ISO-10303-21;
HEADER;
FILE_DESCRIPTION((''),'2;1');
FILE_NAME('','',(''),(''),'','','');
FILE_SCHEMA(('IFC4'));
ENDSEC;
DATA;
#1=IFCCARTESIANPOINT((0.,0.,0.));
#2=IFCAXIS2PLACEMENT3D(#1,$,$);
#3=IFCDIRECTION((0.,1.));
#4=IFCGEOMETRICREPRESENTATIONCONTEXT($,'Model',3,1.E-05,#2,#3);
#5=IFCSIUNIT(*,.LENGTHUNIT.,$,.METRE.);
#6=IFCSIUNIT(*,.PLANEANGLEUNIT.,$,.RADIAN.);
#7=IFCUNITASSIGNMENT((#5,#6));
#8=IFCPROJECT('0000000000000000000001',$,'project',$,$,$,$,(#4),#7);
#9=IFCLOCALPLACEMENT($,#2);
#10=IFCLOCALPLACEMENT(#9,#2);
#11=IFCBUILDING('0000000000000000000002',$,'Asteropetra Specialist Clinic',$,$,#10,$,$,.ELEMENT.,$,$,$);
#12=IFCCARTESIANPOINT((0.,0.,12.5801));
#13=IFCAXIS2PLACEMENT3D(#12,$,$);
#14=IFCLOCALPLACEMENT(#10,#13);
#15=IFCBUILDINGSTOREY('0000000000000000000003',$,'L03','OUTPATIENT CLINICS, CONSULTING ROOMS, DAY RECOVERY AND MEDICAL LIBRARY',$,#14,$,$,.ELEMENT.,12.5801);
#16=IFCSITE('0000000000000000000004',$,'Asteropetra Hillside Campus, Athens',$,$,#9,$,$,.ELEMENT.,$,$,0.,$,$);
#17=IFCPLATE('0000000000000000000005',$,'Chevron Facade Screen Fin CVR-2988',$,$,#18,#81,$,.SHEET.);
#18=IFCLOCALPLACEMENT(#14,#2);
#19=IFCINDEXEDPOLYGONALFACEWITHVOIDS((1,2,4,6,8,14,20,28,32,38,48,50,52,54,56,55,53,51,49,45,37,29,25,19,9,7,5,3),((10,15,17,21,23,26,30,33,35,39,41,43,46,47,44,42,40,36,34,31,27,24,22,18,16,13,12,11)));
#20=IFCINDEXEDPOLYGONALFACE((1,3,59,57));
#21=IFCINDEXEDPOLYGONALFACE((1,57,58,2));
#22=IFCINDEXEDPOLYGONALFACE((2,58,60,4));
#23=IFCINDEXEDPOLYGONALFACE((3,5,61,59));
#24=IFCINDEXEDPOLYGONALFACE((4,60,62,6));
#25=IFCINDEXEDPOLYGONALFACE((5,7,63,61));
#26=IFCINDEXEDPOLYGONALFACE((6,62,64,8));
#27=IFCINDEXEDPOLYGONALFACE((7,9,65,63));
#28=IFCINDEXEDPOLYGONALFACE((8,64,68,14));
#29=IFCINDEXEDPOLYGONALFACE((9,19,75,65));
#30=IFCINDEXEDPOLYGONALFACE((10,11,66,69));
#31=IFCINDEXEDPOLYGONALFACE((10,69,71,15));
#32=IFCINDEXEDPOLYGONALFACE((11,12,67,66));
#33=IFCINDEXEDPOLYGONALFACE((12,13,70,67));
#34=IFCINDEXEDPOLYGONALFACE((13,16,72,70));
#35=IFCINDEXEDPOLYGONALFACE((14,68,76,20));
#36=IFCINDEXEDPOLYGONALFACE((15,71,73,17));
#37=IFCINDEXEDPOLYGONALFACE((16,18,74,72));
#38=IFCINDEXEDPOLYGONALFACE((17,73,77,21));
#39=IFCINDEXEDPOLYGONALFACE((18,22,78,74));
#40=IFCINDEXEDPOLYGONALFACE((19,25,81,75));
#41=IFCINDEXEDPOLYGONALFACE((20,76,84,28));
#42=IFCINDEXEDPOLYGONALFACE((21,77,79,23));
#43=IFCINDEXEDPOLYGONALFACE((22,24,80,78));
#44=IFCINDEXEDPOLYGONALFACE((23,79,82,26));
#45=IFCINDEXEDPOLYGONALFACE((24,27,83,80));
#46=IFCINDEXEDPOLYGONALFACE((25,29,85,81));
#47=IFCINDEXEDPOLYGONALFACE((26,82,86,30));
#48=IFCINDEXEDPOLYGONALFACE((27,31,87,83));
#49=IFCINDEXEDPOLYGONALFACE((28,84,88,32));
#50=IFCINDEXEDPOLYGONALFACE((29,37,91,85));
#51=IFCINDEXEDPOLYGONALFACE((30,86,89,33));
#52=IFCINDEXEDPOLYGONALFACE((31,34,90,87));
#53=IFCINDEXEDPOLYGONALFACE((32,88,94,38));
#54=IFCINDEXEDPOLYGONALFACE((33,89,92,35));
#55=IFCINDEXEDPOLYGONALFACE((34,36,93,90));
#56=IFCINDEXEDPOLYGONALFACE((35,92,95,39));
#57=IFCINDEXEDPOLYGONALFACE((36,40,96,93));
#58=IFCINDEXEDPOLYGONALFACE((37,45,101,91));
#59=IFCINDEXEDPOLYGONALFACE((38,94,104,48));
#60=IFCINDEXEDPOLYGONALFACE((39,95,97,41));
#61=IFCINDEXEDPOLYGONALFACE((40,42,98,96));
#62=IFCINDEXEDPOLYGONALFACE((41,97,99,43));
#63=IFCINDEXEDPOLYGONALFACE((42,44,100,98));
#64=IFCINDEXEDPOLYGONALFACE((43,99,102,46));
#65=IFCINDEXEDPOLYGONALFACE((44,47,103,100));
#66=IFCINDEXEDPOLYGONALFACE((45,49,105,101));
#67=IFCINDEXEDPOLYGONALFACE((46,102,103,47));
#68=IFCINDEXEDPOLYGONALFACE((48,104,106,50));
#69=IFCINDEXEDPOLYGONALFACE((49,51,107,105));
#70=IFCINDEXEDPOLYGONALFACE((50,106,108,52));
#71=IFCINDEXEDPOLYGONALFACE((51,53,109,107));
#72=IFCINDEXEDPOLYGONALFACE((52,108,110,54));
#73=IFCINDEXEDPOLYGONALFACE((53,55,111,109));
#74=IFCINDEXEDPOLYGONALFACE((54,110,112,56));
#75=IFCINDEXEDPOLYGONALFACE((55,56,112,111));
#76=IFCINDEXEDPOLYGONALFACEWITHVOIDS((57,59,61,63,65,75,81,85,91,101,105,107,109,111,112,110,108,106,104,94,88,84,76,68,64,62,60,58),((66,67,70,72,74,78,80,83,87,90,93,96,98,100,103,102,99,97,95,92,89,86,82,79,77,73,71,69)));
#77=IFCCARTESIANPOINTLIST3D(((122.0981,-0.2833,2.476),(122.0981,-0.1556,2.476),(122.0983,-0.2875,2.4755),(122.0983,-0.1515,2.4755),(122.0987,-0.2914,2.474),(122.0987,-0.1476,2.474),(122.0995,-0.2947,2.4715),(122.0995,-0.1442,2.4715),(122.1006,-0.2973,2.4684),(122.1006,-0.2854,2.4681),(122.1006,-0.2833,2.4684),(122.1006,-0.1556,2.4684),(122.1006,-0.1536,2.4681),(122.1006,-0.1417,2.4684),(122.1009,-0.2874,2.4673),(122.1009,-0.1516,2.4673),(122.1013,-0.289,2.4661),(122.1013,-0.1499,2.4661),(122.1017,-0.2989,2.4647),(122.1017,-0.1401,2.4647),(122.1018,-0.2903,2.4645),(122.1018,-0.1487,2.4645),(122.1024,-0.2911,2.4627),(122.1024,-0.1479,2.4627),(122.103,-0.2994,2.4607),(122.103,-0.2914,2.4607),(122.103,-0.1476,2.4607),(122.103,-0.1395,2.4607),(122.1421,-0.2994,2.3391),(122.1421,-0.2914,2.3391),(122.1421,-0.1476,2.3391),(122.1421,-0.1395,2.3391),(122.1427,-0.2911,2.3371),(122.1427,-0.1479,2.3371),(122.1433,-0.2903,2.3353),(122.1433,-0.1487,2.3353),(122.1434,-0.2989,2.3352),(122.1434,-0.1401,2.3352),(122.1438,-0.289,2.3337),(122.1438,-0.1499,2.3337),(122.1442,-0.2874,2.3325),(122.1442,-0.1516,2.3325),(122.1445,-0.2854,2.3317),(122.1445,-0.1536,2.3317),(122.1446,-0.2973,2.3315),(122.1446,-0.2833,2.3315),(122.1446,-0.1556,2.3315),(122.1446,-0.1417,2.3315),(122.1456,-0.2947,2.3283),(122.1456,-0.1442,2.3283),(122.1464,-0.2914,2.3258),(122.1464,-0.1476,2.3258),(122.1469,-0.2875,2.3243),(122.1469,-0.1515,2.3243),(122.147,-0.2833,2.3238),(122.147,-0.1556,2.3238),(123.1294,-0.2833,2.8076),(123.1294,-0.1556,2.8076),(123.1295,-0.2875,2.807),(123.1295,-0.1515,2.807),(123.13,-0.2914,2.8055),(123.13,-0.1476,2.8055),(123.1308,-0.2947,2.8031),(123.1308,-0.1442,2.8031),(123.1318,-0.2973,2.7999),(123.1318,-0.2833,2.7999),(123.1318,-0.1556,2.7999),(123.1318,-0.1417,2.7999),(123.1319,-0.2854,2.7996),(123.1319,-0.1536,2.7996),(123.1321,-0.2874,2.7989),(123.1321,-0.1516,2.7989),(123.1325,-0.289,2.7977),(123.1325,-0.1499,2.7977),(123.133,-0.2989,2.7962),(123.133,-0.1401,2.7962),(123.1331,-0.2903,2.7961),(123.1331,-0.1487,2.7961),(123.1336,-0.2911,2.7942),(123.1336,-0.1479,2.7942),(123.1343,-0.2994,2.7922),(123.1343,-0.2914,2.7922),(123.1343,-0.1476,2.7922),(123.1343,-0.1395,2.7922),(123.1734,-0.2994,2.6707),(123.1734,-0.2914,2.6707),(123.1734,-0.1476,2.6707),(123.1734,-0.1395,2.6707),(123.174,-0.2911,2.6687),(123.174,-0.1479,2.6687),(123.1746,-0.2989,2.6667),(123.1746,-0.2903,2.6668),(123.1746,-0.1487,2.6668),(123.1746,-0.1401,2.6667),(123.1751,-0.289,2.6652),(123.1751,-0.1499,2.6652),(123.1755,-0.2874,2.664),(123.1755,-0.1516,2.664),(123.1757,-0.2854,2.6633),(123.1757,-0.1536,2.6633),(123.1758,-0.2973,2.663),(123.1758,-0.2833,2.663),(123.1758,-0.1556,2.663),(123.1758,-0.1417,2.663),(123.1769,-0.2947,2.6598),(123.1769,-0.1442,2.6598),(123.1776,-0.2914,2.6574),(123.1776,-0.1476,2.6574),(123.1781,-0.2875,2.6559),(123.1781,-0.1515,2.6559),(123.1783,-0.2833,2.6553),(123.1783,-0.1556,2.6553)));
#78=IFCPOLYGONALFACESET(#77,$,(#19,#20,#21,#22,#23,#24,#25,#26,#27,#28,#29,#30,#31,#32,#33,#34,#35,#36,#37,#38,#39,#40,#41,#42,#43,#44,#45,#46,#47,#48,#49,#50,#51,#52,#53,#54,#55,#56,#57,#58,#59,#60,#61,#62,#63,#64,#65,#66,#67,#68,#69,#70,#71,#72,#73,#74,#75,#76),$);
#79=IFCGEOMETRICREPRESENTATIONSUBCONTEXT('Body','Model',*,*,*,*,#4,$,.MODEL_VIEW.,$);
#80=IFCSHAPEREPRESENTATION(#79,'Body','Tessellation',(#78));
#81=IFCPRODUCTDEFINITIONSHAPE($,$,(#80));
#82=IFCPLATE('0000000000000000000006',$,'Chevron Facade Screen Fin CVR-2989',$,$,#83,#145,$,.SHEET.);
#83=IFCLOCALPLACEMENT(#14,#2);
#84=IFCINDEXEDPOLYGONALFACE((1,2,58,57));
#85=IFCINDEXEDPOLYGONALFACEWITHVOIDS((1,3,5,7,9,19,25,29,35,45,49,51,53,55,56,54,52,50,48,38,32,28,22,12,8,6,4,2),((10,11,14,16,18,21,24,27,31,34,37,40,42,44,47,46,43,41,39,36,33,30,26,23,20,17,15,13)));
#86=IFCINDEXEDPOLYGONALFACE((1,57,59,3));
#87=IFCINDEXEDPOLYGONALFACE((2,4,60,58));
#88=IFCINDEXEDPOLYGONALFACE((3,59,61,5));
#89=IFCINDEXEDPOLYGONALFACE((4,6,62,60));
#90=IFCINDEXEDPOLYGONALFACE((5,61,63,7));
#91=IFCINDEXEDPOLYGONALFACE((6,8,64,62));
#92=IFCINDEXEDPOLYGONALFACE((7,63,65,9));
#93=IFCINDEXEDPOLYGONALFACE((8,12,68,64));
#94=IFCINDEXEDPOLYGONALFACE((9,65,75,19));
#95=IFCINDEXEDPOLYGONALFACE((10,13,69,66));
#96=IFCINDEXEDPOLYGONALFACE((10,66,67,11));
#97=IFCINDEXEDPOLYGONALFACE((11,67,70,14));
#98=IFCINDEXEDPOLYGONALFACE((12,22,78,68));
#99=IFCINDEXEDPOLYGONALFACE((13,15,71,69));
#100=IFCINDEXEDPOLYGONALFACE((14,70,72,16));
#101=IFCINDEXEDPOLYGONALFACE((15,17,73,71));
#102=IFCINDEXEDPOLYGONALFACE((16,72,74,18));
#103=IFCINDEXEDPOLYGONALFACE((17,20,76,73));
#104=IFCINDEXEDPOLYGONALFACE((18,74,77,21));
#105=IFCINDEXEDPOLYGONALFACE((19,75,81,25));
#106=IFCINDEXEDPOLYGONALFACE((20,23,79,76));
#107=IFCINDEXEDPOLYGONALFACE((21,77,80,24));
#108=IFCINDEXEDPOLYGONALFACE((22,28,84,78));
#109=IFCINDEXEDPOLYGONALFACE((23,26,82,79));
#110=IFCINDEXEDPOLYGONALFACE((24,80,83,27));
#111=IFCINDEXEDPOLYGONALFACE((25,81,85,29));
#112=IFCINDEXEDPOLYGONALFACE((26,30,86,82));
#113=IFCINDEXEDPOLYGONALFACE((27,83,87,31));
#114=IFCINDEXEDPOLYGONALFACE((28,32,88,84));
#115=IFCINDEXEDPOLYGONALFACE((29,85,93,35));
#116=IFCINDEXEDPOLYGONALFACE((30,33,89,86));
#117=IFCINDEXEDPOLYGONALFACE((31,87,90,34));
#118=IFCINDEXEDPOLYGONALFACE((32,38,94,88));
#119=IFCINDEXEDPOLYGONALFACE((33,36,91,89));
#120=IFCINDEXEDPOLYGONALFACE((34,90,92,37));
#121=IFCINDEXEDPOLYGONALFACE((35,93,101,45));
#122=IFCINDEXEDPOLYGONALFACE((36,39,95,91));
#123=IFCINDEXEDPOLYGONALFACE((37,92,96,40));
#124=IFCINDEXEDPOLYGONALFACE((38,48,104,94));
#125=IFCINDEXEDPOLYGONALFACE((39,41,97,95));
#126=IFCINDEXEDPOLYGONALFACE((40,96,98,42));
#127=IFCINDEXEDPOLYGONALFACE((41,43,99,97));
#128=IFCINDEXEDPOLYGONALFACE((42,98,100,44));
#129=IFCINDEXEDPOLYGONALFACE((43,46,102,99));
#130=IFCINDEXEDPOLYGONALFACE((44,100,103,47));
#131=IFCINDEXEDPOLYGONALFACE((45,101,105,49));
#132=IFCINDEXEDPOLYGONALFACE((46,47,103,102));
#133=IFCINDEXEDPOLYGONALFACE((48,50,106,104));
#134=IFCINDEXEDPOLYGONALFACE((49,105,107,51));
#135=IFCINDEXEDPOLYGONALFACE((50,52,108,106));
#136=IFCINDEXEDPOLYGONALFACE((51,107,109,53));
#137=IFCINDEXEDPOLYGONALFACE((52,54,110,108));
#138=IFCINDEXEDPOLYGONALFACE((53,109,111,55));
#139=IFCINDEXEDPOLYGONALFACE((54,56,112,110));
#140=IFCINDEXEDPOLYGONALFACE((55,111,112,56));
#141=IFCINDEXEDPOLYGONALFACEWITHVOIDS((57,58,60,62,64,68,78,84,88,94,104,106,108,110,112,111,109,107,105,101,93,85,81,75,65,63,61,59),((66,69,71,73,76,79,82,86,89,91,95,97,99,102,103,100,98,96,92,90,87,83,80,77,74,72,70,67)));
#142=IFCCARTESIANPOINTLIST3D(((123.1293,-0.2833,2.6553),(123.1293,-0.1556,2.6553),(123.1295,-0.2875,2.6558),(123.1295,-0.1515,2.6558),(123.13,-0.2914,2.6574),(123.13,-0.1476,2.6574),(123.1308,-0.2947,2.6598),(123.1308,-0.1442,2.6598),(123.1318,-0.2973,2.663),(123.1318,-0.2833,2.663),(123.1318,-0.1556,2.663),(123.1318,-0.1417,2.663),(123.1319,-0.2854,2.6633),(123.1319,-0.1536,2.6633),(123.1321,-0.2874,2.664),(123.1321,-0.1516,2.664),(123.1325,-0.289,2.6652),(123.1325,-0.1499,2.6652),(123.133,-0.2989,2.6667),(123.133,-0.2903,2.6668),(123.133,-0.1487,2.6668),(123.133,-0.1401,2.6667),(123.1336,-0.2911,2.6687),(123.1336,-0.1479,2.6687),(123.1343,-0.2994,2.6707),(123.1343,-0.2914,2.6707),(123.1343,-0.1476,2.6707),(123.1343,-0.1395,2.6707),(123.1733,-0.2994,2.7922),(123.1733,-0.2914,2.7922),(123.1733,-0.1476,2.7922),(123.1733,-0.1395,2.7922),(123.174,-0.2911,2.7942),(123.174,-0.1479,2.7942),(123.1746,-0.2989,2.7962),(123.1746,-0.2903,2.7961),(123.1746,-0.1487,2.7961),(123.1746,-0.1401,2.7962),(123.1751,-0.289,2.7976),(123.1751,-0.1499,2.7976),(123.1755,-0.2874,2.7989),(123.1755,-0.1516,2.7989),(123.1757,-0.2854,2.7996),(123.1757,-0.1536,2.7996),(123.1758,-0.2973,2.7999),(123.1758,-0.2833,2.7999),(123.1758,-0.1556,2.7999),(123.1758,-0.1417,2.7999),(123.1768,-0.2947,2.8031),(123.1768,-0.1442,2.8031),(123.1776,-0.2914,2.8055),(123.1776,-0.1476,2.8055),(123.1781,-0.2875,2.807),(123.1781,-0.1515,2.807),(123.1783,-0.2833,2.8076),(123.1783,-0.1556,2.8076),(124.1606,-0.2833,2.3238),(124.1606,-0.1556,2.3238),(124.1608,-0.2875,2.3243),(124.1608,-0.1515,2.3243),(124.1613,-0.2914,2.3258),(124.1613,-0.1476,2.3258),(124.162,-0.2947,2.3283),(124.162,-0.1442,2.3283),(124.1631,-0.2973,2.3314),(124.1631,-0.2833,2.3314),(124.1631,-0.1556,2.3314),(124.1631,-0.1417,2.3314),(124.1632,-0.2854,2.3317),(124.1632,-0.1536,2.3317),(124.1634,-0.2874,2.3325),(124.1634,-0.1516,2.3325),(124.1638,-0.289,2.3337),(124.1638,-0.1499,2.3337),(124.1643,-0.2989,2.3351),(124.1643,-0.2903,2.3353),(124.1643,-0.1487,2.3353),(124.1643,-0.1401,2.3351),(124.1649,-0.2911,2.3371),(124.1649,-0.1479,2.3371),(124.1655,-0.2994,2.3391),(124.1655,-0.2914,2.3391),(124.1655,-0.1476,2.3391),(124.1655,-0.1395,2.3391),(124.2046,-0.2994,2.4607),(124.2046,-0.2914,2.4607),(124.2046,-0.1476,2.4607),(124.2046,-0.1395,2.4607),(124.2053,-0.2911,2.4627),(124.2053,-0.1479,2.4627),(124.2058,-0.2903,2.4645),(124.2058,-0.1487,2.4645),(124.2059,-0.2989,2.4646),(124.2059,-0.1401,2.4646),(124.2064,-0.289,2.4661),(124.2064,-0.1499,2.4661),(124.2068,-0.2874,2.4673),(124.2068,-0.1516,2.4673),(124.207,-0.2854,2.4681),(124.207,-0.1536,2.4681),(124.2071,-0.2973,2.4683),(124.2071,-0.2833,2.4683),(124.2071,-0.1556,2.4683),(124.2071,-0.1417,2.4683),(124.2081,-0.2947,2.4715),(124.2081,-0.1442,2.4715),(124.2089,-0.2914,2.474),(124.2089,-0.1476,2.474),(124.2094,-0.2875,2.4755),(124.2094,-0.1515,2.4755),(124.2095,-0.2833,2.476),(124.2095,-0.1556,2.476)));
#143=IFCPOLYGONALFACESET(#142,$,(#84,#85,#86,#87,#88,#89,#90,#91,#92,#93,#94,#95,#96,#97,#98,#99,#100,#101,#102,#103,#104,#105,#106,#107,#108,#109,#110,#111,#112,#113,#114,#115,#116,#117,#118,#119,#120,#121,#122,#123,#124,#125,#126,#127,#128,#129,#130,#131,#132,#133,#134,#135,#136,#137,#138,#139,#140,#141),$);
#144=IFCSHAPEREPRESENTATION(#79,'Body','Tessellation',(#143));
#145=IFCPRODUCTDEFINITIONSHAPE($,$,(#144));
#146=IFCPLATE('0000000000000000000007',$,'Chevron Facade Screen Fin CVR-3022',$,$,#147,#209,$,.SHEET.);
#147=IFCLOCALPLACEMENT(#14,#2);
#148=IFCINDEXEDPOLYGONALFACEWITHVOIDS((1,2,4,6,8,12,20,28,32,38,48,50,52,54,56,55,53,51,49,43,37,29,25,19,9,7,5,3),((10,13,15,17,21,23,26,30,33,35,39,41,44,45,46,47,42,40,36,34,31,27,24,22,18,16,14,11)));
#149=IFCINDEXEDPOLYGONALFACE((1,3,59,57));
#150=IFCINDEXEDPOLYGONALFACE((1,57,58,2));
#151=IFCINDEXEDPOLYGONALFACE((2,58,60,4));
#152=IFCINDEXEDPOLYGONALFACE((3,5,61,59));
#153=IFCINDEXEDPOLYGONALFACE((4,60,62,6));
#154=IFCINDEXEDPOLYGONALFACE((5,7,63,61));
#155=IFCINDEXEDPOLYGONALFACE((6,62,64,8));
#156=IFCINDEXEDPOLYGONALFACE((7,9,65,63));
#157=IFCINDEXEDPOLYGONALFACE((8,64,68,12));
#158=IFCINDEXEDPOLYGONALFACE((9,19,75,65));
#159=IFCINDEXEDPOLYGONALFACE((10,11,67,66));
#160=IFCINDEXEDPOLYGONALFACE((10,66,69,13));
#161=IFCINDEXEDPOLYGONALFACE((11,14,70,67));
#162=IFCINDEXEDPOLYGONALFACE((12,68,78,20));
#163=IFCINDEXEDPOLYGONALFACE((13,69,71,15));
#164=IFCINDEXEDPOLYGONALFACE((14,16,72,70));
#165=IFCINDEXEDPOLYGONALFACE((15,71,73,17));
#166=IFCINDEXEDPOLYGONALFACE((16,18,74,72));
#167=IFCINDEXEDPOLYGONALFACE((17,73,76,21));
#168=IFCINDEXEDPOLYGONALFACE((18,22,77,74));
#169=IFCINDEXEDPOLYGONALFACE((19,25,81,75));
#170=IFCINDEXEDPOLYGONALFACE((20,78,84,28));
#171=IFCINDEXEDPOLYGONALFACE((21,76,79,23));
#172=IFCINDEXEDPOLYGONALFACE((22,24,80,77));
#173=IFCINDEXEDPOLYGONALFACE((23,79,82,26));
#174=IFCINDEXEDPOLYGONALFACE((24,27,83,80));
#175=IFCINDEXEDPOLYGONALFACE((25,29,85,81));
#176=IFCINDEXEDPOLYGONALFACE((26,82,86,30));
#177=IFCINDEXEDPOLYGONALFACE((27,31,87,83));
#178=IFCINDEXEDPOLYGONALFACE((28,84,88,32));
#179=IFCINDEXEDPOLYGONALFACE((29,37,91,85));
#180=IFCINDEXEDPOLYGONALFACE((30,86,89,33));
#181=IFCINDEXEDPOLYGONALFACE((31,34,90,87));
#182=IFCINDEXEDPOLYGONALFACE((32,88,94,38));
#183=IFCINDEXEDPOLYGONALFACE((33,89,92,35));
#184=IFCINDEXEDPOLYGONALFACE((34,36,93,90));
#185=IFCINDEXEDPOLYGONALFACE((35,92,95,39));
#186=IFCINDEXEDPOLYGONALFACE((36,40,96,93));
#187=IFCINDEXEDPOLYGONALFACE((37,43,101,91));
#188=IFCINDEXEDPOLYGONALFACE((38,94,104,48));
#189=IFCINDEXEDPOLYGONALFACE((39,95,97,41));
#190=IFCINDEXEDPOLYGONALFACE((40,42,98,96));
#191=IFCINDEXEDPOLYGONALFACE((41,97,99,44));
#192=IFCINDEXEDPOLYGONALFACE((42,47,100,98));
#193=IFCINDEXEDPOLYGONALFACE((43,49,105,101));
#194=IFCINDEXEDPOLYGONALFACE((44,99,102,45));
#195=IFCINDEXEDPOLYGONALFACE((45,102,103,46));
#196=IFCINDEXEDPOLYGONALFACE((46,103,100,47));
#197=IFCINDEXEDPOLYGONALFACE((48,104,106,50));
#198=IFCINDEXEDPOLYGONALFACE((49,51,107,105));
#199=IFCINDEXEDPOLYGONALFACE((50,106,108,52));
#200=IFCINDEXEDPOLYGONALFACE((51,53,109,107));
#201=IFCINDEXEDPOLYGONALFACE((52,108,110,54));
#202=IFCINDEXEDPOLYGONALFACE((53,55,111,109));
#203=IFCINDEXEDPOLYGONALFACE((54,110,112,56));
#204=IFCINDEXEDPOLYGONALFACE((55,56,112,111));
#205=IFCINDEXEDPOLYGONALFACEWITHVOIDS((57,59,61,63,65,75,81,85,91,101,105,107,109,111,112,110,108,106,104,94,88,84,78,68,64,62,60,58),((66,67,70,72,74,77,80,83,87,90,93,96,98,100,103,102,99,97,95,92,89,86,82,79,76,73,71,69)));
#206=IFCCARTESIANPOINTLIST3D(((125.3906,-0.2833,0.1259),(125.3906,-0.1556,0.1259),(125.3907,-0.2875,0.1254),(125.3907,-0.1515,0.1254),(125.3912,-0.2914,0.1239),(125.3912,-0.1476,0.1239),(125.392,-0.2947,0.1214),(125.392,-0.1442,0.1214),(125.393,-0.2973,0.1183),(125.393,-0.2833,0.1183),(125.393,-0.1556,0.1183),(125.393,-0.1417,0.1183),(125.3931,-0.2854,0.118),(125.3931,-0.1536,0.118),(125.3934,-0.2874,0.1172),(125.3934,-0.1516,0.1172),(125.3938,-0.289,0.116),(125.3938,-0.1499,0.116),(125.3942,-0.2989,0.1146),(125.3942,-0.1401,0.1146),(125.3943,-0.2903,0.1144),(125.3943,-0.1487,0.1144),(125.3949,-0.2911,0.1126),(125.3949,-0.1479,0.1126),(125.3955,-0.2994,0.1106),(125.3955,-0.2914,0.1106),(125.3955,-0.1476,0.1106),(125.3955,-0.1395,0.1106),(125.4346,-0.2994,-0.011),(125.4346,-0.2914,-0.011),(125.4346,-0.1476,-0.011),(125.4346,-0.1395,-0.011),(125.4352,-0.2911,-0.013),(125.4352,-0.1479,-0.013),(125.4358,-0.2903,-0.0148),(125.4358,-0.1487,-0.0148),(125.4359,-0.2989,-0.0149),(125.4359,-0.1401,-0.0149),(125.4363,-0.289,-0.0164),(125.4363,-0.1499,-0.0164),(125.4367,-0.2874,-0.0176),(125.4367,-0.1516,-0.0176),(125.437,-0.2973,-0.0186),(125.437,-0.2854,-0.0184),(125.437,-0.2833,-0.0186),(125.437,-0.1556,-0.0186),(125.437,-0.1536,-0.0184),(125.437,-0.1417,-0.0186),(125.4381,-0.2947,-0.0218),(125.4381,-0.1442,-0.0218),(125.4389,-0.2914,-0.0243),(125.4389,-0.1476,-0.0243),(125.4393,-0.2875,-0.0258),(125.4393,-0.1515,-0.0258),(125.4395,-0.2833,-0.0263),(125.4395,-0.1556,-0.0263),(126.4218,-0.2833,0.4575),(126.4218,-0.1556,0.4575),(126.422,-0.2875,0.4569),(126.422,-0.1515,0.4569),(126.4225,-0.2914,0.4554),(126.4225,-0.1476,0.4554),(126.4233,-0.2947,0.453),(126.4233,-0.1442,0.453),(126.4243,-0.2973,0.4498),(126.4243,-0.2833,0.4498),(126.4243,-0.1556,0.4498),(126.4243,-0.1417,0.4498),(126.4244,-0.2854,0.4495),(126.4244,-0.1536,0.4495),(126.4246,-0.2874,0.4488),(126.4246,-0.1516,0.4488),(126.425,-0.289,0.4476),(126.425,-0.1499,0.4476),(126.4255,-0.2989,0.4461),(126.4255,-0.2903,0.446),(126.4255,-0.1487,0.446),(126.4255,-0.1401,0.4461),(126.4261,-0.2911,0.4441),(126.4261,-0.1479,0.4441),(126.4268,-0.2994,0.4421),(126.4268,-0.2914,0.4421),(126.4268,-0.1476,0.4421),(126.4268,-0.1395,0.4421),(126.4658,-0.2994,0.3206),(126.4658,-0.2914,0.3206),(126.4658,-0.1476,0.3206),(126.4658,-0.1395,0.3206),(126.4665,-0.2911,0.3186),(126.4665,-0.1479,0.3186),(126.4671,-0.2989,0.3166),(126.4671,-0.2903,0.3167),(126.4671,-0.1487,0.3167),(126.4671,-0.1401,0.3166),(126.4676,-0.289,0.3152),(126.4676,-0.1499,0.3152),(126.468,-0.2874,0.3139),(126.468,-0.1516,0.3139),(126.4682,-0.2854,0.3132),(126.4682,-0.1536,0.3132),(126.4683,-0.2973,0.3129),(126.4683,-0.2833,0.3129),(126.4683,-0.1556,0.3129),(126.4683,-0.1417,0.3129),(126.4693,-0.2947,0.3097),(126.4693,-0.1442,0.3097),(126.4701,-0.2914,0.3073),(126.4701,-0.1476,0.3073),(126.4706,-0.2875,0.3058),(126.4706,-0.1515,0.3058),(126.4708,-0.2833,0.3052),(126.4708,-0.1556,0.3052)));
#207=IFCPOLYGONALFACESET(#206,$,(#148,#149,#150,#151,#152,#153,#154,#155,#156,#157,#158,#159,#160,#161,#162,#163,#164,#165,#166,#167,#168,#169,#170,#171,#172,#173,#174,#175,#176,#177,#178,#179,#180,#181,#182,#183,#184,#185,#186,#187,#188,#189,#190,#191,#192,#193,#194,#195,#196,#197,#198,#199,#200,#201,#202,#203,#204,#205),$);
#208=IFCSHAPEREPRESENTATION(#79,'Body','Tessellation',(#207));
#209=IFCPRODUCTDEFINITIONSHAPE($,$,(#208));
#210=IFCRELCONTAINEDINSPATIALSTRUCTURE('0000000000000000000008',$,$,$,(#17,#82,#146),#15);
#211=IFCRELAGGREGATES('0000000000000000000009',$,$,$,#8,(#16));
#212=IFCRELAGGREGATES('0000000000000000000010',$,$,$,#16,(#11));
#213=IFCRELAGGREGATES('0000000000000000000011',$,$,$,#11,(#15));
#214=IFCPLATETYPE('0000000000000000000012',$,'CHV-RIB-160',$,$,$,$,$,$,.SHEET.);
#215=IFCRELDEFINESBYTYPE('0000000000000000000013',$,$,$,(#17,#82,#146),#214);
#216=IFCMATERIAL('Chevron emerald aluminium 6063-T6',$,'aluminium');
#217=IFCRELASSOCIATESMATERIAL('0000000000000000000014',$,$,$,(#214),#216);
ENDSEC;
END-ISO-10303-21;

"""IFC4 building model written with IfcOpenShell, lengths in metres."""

from ifc_helpers import new_model, si_unit, direction, frame, origin, origin_2d, place, context, subcontext, project, spatial, hollow_rectangle, extrude, material, material_profile, profile_set, type_object, element, save


model = new_model("IFC4")

# Units and contexts
model_context = context("Model", 3, precision=1e-05, world=origin(), true_north=direction((0.0, 1.0)))
body_context = subcontext(model_context, "Body", "Model", "MODEL_VIEW")
ifc_project = project(units=[si_unit("LENGTHUNIT", "METRE"), si_unit("PLANEANGLEUNIT", "RADIAN")], contexts=[model_context])

# Site, building, storey
site_placement = place(None, origin())
site = spatial("IfcSite", under=ifc_project, at=site_placement, Name="Asteropetra Hillside Campus, Athens", CompositionType="ELEMENT", RefElevation=0.0)
building_placement = place(site_placement, origin())
building = spatial("IfcBuilding", under=site, at=building_placement, Name="Asteropetra Specialist Clinic", CompositionType="ELEMENT")
storey_placement = place(building_placement, frame((0.0, 0.0, 12.5801)))
storey = spatial("IfcBuildingStorey", under=building, at=storey_placement, Name="L03", Description="OUTPATIENT CLINICS, CONSULTING ROOMS, DAY RECOVERY AND MEDICAL LIBRARY", CompositionType="ELEMENT", Elevation=12.5801)

# Plates
ifc_material_1 = material(Name="Chevron emerald aluminium 6063-T6", Category="aluminium")
ifc_material_profile_1 = material_profile(ifc_material_1, hollow_rectangle(XDim=0.1599, YDim=0.1599, WallThickness=0.0081, InnerFilletRadius=0.0081, OuterFilletRadius=0.0161, at=origin_2d()), Name="SHS 160x160x8.0")
ifc_profile_set_1 = profile_set([ifc_material_profile_1], Name="Chevron emerald aluminium 6063-T6")
plate_type_1 = type_object("IfcPlateType", Name="CHV-RIB-160", PredefinedType="SHEET", material=ifc_profile_set_1)
for number, where, z_axis, x_axis, name in (
    (1, (122.1226, -0.2195, 2.3999), (0.95201, 0.0, 0.306068), (0.0, 1.0, 0.0), "Chevron Facade Screen Fin CVR-2988"),
    (2, (123.1538, -0.2195, 2.7314), (0.95201, 0.0, -0.306068), (0.0, 1.0, 0.0), "Chevron Facade Screen Fin CVR-2989"),
    (3, (125.415, -0.2195, 0.0498), (0.95201, 0.0, 0.306068), (0.0, 1.0, 0.0), "Chevron Facade Screen Fin CVR-3022"),
):
    element("IfcPlate", number, at=place(storey_placement, frame(where, z_axis=z_axis, x_axis=x_axis)), inside=storey, type_object=plate_type_1, Name=name, PredefinedType="SHEET", context=body_context, shape_type="SweptSolid", body=[
        extrude(hollow_rectangle(XDim=0.1599, YDim=0.1599, WallThickness=0.0081, InnerFilletRadius=0.0081, OuterFilletRadius=0.0161, at=origin_2d()), origin(), (0.0, 0.0, 1.0), 1.0833),
    ])

save(model, "model.ifc")
